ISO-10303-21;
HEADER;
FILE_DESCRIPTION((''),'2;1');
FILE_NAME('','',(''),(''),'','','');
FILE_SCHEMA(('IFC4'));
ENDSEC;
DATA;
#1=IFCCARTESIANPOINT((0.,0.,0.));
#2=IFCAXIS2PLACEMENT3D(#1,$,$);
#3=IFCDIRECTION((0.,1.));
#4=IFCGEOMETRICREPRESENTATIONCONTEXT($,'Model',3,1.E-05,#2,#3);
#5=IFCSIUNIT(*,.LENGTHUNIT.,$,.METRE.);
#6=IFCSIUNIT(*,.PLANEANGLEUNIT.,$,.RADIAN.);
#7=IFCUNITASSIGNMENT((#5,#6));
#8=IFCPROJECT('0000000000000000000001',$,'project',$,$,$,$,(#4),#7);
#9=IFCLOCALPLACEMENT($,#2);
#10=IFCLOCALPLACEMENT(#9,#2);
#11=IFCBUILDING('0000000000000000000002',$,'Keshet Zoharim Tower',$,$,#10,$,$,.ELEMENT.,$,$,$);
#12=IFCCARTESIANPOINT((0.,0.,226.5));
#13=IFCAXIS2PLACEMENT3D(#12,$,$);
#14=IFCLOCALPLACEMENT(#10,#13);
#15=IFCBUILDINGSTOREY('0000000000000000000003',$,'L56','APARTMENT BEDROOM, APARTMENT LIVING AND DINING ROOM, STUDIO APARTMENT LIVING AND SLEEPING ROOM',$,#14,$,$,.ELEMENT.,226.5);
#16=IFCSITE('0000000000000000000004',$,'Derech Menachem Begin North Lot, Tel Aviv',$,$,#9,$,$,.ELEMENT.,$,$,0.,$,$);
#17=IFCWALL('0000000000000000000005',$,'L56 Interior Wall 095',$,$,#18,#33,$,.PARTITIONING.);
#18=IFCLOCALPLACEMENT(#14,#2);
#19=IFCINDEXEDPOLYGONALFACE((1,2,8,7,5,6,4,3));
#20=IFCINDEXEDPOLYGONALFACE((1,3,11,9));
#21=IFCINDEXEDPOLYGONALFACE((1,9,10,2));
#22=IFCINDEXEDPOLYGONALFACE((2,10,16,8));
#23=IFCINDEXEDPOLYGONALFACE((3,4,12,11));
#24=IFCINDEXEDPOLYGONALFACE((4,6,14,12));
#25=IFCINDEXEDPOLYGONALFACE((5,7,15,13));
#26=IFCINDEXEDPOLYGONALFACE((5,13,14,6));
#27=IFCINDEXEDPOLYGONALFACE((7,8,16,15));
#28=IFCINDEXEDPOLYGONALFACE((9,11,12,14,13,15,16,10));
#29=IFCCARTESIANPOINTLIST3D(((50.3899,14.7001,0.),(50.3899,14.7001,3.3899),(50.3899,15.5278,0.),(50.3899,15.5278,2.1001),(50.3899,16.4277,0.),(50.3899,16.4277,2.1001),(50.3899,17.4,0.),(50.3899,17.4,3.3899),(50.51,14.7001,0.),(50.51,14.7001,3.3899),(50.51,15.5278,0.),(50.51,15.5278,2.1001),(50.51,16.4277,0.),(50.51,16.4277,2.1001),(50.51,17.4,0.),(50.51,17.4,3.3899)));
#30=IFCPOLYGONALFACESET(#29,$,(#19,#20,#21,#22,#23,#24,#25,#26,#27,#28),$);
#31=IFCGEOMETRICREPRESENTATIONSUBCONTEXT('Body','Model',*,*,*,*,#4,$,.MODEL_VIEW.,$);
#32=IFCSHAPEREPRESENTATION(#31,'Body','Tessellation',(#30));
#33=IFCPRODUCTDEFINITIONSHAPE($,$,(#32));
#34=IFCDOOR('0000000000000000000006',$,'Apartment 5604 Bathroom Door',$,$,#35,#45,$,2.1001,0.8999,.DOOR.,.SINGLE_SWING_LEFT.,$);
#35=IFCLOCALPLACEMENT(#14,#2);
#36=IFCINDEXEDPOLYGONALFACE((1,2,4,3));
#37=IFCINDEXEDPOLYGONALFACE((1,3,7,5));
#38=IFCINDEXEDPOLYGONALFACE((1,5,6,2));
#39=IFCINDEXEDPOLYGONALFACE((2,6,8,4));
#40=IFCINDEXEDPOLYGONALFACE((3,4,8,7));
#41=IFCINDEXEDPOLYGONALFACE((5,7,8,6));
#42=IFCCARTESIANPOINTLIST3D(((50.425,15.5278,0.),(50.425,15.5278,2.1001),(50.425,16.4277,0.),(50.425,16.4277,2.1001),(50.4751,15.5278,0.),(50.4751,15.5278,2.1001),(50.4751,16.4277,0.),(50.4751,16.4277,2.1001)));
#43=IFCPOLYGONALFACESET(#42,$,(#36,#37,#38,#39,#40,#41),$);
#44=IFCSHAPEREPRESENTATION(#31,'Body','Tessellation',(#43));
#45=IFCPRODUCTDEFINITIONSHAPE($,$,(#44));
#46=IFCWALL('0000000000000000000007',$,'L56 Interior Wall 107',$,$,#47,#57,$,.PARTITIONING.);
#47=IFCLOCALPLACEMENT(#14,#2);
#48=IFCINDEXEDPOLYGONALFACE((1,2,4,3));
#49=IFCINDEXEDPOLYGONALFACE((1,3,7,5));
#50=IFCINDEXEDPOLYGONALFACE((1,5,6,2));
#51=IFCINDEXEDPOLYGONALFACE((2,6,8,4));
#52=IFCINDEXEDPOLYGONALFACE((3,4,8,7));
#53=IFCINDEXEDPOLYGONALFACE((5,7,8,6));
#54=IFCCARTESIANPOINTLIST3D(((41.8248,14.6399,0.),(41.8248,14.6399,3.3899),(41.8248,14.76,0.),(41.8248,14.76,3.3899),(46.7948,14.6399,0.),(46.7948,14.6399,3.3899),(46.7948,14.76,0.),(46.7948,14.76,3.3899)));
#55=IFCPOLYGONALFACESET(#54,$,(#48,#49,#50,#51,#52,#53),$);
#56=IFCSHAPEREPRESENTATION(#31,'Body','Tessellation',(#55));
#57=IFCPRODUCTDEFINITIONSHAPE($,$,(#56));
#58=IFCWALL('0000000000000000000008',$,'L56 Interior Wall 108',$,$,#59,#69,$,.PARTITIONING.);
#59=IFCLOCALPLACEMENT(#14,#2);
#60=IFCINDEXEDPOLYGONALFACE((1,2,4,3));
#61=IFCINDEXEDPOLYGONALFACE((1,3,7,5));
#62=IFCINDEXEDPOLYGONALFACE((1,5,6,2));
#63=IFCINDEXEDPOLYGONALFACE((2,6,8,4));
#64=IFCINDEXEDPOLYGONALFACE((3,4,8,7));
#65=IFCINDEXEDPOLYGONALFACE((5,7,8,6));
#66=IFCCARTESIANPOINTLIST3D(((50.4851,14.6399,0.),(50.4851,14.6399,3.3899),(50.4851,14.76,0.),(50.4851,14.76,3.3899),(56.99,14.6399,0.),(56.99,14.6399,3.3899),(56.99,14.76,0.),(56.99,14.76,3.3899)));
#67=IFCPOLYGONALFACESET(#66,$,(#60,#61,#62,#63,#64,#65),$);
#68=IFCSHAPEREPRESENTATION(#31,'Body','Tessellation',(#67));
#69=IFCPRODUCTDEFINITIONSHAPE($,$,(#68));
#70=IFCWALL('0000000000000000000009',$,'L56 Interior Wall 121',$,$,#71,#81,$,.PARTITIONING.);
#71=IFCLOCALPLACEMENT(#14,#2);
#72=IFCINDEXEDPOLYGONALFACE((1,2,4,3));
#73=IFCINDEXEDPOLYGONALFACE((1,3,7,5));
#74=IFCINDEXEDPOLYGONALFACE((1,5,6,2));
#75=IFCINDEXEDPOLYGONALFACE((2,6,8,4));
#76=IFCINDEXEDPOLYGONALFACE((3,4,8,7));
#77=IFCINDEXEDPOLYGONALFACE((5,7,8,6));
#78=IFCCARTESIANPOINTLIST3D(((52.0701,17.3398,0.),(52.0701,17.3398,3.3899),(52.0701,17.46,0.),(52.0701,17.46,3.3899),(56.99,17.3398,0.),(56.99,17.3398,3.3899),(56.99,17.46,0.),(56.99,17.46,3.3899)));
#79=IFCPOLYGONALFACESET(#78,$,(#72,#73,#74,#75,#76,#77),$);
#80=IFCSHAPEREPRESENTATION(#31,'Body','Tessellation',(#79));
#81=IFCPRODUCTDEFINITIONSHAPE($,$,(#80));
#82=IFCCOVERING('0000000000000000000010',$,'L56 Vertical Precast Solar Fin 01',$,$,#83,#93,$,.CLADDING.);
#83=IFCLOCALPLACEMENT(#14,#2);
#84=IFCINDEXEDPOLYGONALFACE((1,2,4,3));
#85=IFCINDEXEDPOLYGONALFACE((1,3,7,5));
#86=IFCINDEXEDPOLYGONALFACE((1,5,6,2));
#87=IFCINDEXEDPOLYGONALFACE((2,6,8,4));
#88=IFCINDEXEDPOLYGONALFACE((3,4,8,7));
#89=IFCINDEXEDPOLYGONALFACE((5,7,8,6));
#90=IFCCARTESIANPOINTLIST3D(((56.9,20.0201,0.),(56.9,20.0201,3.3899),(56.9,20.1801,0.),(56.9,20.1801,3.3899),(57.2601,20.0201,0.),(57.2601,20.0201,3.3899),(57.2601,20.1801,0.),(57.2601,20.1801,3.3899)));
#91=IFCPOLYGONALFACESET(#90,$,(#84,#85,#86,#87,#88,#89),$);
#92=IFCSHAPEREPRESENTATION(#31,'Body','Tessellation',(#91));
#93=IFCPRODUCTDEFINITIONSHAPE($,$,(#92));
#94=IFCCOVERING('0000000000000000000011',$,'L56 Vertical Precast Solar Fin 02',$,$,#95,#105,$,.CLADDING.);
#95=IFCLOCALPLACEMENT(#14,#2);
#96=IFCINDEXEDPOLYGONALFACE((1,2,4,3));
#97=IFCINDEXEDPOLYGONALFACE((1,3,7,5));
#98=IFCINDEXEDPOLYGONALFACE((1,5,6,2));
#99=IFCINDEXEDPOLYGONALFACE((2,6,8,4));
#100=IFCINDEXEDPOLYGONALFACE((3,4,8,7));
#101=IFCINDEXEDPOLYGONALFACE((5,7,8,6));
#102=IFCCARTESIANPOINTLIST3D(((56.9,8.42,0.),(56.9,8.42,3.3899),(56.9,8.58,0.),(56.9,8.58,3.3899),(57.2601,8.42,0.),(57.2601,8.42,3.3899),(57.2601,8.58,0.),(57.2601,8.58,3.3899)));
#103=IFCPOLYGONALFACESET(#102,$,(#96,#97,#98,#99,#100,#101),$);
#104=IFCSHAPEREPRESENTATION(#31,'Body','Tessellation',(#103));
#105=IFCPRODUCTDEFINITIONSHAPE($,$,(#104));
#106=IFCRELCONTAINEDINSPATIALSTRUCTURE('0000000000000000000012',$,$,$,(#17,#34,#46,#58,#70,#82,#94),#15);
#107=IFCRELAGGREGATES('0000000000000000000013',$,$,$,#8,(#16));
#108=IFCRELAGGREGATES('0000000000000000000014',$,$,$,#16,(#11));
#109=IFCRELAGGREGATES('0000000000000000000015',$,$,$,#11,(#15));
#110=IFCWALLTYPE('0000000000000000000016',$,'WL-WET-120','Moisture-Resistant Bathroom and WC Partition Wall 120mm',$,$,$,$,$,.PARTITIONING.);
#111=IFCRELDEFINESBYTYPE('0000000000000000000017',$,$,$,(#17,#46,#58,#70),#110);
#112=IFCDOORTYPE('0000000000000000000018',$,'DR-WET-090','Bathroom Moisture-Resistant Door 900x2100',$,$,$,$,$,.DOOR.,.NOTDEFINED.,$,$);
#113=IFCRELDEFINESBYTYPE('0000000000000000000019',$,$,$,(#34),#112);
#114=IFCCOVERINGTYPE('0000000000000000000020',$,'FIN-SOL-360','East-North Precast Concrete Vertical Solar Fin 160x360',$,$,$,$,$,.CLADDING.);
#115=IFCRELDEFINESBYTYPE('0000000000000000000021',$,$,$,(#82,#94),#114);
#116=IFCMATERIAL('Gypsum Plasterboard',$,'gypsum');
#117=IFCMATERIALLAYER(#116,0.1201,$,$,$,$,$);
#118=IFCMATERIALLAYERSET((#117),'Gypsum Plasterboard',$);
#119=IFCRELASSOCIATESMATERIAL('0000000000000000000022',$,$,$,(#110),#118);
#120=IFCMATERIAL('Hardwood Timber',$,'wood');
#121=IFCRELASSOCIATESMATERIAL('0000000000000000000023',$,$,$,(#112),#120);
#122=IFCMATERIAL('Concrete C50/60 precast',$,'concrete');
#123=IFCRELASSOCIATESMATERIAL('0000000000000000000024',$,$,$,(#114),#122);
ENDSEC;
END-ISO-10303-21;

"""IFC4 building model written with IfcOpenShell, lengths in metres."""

from ifc_helpers import new_model, si_unit, direction, frame, frame_2d, origin, origin_2d, place, context, subcontext, project, spatial, rectangle, extrude, material, layer, layer_set, type_object, element, fill, save


model = new_model("IFC4")

# Units and contexts
model_context = context("Model", 3, precision=1e-05, world=origin(), true_north=direction((0.0, 1.0)))
body_context = subcontext(model_context, "Body", "Model", "MODEL_VIEW")
ifc_project = project(units=[si_unit("LENGTHUNIT", "METRE"), si_unit("PLANEANGLEUNIT", "RADIAN")], contexts=[model_context])

# Site, building, storey
site_placement = place(None, origin())
site = spatial("IfcSite", under=ifc_project, at=site_placement, Name="Derech Menachem Begin North Lot, Tel Aviv", CompositionType="ELEMENT", RefElevation=0.0)
building_placement = place(site_placement, origin())
building = spatial("IfcBuilding", under=site, at=building_placement, Name="Keshet Zoharim Tower", CompositionType="ELEMENT")
storey_placement = place(building_placement, frame((0.0, 0.0, 226.5)))
storey = spatial("IfcBuildingStorey", under=building, at=storey_placement, Name="L56", Description="APARTMENT BEDROOM, APARTMENT LIVING AND DINING ROOM, STUDIO APARTMENT LIVING AND SLEEPING ROOM", CompositionType="ELEMENT", Elevation=226.5)

# Shared definitions
ifc_material_1 = material(Name="Gypsum Plasterboard", Category="gypsum")

# Shared definitions
ifc_material_2 = material(Name="Hardwood Timber", Category="wood")

# Shared definitions
ifc_layer_1 = layer(ifc_material_1, 0.1201)
ifc_layer_set_1 = layer_set([ifc_layer_1], Name="Gypsum Plasterboard")
wall_type_1 = type_object("IfcWallType", Name="WL-WET-120", Description="Moisture-Resistant Bathroom and WC Partition Wall 120mm", PredefinedType="PARTITIONING", material=ifc_layer_set_1)

# Wall, opening, door
wall_1_placement = place(storey_placement, frame((50.45, 14.7, 0.0), z_axis=(0.0, 0.0, 1.0), x_axis=(0.0, 1.0, 0.0)))
wall_1 = element("IfcWall", 1, at=wall_1_placement, inside=storey, type_object=wall_type_1, Name="L56 Interior Wall 095", PredefinedType="PARTITIONING", context=body_context, shape_type="SweptSolid", body=[
    extrude(rectangle(XDim=2.7, YDim=0.1201, at=frame_2d((1.3501, 0.0))), origin(), (0.0, 0.0, 1.0), 3.3899),
])
opening_1_placement = place(wall_1_placement, frame((0.8279, 0.0, 0.0)))
opening_1 = element("IfcOpeningElement", 2, at=opening_1_placement, cuts=wall_1, PredefinedType="OPENING", context=body_context, shape_type="SweptSolid", body=[
    extrude(rectangle(XDim=0.8999, YDim=2.1001, at=frame_2d((0.45, 1.05))), frame((0.0, 0.0701, 0.0), z_axis=(0.0, -1.0, 0.0), x_axis=(1.0, 0.0, 0.0)), (0.0, 0.0, 1.0), 0.1401),
])
door_type_1 = type_object("IfcDoorType", Name="DR-WET-090", Description="Bathroom Moisture-Resistant Door 900x2100", OperationType="NOTDEFINED", PredefinedType="DOOR", material=ifc_material_2)
door_1_placement = place(opening_1_placement, origin())
door_1 = element("IfcDoor", 3, at=door_1_placement, inside=storey, type_object=door_type_1, Name="Apartment 5604 Bathroom Door", OperationType="SINGLE_SWING_LEFT", OverallHeight=2.1001, OverallWidth=0.8999, PredefinedType="DOOR", context=body_context, shape_type="SweptSolid", body=[
    extrude(rectangle(XDim=0.8999, YDim=2.1001, at=frame_2d((0.45, 1.05))), frame((0.0, 0.0249, 0.0), z_axis=(0.0, -1.0, 0.0), x_axis=(1.0, 0.0, 0.0)), (0.0, 0.0, 1.0), 0.05),
])
fill(opening_1, door_1)

# Walls
wall_2_placement = place(storey_placement, frame((41.825, 14.7, 0.0), z_axis=(0.0, 0.0, 1.0), x_axis=(1.0, 0.0, 0.0)))
element("IfcWall", 4, at=wall_2_placement, inside=storey, type_object=wall_type_1, Name="L56 Interior Wall 107", PredefinedType="PARTITIONING", context=body_context, shape_type="SweptSolid", body=[
    extrude(rectangle(XDim=4.97, YDim=0.1201, at=frame_2d((2.4849, 0.0))), origin(), (0.0, 0.0, 1.0), 3.3899),
])
wall_3_placement = place(storey_placement, frame((50.4851, 14.7, 0.0), z_axis=(0.0, 0.0, 1.0), x_axis=(1.0, 0.0, 0.0)))
element("IfcWall", 5, at=wall_3_placement, inside=storey, type_object=wall_type_1, Name="L56 Interior Wall 108", PredefinedType="PARTITIONING", context=body_context, shape_type="SweptSolid", body=[
    extrude(rectangle(XDim=6.5049, YDim=0.1201, at=frame_2d((3.2524, 0.0))), origin(), (0.0, 0.0, 1.0), 3.3899),
])
wall_4_placement = place(storey_placement, frame((52.0701, 17.3999, 0.0), z_axis=(0.0, 0.0, 1.0), x_axis=(1.0, 0.0, 0.0)))
element("IfcWall", 6, at=wall_4_placement, inside=storey, type_object=wall_type_1, Name="L56 Interior Wall 121", PredefinedType="PARTITIONING", context=body_context, shape_type="SweptSolid", body=[
    extrude(rectangle(XDim=4.9199, YDim=0.1201, at=frame_2d((2.46, 0.0))), origin(), (0.0, 0.0, 1.0), 3.3899),
])

# Coverings
ifc_material_3 = material(Name="Concrete C50/60 precast", Category="concrete")
covering_type = type_object("IfcCoveringType", Name="FIN-SOL-360", Description="East-North Precast Concrete Vertical Solar Fin 160x360", PredefinedType="CLADDING", material=ifc_material_3)
for number, where, z_axis, x_axis, name in (
    (7, (57.0801, 20.1001, 0.0), (0.0, 0.0, 1.0), (0.0, -1.0, 0.0), "L56 Vertical Precast Solar Fin 01"),
    (8, (57.0801, 8.5, 0.0), (0.0, 0.0, 1.0), (0.0, -1.0, 0.0), "L56 Vertical Precast Solar Fin 02"),
):
    element("IfcCovering", number, at=place(storey_placement, frame(where, z_axis=z_axis, x_axis=x_axis)), inside=storey, type_object=covering_type, Name=name, PredefinedType="CLADDING", context=body_context, shape_type="SweptSolid", body=[
        extrude(rectangle(XDim=0.1599, YDim=0.3601, at=origin_2d()), origin(), (0.0, 0.0, 1.0), 3.3899),
    ])

save(model, "model.ifc")
